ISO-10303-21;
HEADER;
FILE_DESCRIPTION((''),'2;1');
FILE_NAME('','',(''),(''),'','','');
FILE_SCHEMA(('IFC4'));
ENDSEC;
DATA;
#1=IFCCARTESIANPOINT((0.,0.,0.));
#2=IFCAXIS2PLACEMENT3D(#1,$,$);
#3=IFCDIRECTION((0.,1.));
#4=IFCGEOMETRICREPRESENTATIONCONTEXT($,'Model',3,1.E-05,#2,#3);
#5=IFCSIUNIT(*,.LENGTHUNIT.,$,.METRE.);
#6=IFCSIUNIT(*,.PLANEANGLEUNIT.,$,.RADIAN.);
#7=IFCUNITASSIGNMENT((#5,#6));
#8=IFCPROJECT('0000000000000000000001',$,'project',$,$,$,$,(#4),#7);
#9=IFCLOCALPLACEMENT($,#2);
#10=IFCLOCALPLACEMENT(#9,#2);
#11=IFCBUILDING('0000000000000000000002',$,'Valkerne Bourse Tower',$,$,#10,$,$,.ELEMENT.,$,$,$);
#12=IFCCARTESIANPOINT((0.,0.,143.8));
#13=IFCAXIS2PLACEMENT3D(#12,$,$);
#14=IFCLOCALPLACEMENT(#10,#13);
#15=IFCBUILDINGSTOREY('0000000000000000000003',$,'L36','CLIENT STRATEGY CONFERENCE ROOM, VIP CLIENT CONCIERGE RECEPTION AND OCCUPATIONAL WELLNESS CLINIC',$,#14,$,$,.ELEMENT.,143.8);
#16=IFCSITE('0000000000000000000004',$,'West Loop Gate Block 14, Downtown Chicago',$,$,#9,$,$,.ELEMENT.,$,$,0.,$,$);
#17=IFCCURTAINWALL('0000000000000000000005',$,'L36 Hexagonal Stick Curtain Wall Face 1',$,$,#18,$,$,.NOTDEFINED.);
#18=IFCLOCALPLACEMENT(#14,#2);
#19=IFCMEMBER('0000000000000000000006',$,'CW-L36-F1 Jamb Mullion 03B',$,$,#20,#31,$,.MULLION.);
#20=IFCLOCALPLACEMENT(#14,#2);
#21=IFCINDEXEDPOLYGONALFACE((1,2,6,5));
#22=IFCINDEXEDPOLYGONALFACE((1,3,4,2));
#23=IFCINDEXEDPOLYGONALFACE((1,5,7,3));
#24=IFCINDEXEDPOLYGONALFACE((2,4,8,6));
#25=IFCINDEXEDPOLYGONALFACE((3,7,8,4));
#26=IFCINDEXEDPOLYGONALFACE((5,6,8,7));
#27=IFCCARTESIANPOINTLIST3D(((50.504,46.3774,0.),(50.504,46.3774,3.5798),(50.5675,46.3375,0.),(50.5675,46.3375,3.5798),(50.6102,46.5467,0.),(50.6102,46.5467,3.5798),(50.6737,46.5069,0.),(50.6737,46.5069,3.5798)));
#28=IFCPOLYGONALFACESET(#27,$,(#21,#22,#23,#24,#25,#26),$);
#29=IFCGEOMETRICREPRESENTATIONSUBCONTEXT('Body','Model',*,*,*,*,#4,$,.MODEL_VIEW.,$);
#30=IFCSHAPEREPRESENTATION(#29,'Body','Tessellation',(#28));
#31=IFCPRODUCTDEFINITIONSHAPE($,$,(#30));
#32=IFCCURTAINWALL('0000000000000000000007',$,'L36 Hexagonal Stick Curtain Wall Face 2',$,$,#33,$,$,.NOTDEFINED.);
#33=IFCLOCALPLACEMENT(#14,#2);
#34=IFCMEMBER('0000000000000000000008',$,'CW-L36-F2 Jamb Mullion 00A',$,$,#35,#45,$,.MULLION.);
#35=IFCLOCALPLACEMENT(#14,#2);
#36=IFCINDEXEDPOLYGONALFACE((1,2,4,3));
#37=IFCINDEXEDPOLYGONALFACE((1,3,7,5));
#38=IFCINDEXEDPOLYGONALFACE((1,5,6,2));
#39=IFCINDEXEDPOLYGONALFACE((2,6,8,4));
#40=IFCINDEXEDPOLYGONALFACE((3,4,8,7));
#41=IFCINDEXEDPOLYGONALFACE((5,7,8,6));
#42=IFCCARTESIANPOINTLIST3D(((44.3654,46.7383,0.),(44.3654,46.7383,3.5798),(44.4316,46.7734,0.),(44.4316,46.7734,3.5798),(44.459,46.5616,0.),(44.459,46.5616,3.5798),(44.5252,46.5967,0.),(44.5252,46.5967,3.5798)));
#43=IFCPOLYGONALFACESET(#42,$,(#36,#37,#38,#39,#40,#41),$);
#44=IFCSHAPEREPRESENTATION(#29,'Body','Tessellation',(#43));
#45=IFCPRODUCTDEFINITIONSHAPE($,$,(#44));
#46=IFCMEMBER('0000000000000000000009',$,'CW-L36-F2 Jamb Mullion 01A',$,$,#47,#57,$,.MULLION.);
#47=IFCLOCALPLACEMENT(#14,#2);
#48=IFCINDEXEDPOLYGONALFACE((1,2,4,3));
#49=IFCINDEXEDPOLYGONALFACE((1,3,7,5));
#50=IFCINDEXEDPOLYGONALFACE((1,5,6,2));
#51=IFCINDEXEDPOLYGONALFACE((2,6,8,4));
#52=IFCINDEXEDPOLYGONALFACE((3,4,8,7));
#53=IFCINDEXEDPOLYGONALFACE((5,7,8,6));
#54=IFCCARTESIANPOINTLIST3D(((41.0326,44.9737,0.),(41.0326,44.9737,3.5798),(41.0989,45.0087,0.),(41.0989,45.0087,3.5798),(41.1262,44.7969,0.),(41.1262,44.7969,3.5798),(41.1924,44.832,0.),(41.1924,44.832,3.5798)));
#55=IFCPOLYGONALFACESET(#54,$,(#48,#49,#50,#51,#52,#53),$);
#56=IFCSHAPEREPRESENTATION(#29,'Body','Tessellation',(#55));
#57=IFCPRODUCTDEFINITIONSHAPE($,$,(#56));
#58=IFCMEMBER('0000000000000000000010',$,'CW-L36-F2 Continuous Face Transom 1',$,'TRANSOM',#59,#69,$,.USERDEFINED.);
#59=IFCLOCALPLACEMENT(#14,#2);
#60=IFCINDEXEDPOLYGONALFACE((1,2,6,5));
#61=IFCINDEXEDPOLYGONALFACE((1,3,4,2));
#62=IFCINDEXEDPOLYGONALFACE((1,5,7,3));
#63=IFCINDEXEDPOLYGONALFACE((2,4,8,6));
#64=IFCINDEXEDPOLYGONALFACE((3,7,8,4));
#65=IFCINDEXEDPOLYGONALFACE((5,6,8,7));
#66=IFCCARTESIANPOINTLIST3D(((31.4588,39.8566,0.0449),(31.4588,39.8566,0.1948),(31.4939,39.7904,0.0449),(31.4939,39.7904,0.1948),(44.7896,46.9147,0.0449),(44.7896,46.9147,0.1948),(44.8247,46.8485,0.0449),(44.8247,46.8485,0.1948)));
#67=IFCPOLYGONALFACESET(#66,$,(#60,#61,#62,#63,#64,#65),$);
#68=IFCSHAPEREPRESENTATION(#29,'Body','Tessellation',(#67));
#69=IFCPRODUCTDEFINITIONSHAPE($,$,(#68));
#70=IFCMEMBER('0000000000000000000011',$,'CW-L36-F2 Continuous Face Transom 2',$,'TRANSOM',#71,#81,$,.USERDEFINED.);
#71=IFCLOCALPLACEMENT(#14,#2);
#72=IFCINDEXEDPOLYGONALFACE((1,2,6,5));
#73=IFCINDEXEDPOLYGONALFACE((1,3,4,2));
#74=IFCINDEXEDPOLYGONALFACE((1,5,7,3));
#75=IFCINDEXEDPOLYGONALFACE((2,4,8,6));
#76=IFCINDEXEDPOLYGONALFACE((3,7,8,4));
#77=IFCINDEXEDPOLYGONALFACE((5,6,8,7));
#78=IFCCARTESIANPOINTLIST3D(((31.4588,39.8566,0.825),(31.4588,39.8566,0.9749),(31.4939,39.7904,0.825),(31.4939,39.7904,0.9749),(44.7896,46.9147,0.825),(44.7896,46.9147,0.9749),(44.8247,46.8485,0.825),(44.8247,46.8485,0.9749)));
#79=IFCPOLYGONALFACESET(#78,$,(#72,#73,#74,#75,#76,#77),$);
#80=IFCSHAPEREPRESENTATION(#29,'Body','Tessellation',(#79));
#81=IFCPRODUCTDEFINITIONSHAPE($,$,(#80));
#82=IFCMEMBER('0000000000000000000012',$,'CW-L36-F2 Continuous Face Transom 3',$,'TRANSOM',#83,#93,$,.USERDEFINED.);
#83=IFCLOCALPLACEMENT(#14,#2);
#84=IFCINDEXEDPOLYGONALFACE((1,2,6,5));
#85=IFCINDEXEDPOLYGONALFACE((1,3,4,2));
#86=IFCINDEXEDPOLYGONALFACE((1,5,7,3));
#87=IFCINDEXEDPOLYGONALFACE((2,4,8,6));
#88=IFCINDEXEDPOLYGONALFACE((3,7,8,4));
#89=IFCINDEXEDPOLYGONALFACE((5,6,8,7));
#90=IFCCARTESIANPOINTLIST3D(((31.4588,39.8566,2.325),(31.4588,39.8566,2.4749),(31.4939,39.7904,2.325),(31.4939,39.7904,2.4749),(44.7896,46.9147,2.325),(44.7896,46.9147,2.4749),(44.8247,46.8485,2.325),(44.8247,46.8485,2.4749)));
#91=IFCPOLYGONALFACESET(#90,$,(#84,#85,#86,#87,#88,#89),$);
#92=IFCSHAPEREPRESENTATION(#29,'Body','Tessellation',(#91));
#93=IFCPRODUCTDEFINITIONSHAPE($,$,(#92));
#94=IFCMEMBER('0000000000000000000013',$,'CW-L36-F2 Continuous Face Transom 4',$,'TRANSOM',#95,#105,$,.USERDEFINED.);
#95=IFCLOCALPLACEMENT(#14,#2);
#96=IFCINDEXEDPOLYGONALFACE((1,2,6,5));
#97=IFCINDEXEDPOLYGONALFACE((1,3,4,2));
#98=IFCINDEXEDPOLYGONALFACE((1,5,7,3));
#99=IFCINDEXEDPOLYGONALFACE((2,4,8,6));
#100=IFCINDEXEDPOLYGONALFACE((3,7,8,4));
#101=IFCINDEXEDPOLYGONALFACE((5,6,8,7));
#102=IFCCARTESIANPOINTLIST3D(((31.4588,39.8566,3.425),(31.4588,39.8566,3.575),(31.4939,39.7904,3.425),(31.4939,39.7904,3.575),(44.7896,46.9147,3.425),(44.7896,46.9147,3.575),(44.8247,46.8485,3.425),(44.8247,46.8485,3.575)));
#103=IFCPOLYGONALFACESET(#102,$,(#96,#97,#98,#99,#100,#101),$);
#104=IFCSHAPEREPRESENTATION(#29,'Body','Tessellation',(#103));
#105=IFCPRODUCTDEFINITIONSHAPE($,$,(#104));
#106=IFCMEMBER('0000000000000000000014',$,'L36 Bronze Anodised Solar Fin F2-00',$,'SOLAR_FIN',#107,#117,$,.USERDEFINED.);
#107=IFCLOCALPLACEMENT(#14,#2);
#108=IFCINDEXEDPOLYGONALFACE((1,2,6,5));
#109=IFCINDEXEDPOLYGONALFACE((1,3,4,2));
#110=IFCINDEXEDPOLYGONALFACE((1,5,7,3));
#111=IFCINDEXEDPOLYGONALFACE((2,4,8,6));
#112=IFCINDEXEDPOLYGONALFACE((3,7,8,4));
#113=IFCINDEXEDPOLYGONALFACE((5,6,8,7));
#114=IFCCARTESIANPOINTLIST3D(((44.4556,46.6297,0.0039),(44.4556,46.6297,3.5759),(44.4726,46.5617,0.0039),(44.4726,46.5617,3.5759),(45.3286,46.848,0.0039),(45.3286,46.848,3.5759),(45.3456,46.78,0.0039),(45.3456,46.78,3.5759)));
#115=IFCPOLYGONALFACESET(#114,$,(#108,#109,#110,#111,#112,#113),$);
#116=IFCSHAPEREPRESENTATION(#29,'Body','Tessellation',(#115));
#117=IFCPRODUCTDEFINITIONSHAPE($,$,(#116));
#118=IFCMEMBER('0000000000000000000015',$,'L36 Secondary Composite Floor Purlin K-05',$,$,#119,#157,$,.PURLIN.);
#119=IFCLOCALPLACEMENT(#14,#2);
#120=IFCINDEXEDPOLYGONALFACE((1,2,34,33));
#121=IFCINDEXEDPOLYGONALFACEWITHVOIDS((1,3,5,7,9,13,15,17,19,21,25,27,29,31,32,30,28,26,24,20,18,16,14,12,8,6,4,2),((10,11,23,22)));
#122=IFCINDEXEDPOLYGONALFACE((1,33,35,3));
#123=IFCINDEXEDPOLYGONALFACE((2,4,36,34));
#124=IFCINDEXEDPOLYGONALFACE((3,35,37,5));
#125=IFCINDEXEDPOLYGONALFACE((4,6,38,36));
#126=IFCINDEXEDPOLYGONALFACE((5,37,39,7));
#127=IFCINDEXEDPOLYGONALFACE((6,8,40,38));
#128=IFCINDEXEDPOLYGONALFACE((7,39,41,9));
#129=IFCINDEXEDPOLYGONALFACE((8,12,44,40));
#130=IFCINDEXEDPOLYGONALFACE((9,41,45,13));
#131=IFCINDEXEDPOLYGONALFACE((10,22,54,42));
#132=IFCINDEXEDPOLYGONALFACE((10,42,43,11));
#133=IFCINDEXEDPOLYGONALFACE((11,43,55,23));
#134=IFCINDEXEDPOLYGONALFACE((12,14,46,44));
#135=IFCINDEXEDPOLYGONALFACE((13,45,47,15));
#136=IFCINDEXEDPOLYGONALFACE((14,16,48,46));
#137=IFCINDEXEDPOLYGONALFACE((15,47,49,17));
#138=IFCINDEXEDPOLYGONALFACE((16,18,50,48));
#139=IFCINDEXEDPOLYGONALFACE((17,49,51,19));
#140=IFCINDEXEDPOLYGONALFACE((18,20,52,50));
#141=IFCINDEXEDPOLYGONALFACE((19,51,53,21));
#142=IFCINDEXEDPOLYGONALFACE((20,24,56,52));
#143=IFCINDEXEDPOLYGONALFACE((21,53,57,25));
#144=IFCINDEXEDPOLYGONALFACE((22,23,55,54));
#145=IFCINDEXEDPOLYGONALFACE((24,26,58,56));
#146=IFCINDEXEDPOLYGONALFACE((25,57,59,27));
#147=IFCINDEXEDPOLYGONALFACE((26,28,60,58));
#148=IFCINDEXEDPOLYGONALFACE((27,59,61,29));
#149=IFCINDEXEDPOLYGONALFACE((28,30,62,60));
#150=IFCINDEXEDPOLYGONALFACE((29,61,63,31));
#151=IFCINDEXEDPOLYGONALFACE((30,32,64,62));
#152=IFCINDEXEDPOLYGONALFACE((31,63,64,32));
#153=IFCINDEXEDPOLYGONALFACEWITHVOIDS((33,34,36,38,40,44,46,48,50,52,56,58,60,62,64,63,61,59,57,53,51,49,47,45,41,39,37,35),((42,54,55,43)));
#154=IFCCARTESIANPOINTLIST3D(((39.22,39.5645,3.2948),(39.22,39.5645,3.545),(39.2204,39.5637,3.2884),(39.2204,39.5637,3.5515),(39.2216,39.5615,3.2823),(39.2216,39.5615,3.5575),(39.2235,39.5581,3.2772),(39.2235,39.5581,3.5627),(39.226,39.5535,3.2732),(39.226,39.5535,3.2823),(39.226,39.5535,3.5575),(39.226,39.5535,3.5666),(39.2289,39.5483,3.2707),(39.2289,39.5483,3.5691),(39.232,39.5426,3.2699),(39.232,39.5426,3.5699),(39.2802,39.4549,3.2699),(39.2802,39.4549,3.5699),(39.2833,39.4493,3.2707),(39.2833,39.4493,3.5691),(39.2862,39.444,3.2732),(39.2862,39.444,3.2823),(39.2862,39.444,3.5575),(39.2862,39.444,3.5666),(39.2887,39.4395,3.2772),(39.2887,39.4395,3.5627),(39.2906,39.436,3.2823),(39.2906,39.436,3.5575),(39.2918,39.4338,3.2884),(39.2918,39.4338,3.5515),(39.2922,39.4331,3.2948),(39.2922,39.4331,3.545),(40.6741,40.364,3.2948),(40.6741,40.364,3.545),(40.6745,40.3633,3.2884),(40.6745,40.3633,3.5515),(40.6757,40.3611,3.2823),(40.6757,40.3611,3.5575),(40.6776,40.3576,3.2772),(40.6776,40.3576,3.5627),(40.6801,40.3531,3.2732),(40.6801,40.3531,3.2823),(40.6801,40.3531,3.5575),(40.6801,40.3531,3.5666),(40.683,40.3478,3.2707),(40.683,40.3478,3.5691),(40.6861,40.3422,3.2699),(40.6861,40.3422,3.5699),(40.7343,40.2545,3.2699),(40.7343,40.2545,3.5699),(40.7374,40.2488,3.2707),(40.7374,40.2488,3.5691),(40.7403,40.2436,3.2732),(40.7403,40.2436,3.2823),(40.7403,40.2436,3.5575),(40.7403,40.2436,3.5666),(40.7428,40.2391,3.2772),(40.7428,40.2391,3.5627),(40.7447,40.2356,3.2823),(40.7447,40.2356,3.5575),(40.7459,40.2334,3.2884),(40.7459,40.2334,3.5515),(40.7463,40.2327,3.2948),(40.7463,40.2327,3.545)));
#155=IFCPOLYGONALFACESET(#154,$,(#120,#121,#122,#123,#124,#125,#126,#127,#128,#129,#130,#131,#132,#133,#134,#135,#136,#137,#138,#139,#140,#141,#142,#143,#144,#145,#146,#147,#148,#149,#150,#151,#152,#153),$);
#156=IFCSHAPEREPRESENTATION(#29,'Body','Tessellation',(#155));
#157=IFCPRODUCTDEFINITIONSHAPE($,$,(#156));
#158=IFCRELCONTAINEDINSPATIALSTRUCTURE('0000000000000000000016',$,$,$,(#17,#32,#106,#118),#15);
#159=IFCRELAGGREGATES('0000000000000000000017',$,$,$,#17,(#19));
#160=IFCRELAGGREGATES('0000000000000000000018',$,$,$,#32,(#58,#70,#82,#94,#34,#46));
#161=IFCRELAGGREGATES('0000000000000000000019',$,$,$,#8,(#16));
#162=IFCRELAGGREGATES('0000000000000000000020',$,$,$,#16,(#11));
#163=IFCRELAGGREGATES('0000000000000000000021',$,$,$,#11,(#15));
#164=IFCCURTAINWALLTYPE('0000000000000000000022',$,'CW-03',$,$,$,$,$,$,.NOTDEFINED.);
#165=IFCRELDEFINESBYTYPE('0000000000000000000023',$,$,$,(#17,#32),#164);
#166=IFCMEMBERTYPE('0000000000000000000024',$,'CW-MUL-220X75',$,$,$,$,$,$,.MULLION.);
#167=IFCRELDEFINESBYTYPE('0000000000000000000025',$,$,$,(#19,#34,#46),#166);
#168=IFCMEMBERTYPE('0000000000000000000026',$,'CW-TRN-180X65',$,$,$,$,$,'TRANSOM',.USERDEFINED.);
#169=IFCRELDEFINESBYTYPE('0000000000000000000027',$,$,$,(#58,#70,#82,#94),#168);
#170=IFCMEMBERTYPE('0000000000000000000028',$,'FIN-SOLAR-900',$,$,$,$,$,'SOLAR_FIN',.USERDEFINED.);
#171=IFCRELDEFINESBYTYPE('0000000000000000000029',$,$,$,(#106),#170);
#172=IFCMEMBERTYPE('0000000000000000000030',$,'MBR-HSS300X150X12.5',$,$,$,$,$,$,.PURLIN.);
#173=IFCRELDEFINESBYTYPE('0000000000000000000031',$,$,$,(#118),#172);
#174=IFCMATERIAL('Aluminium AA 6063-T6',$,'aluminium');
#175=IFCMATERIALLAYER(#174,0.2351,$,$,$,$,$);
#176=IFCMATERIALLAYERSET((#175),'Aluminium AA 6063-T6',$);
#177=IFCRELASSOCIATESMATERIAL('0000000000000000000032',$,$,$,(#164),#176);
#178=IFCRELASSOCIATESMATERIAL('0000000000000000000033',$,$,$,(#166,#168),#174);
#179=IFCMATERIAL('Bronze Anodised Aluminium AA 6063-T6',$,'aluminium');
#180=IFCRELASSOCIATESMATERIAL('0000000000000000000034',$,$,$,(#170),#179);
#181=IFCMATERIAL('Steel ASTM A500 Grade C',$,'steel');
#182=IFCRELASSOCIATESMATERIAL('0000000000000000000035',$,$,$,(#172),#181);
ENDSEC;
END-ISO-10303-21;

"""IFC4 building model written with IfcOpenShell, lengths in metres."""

from ifc_helpers import new_model, si_unit, direction, frame, origin, origin_2d, place, context, subcontext, project, spatial, rectangle, hollow_rectangle, extrude, material, layer, layer_set, material_profile, profile_set, type_object, element, aggregate, save


model = new_model("IFC4")

# Units and contexts
model_context = context("Model", 3, precision=1e-05, world=origin(), true_north=direction((0.0, 1.0)))
body_context = subcontext(model_context, "Body", "Model", "MODEL_VIEW")
ifc_project = project(units=[si_unit("LENGTHUNIT", "METRE"), si_unit("PLANEANGLEUNIT", "RADIAN")], contexts=[model_context])

# Site, building, storey
site_placement = place(None, origin())
site = spatial("IfcSite", under=ifc_project, at=site_placement, Name="West Loop Gate Block 14, Downtown Chicago", CompositionType="ELEMENT", RefElevation=0.0)
building_placement = place(site_placement, origin())
building = spatial("IfcBuilding", under=site, at=building_placement, Name="Valkerne Bourse Tower", CompositionType="ELEMENT")
storey_placement = place(building_placement, frame((0.0, 0.0, 143.8)))
storey = spatial("IfcBuildingStorey", under=building, at=storey_placement, Name="L36", Description="CLIENT STRATEGY CONFERENCE ROOM, VIP CLIENT CONCIERGE RECEPTION AND OCCUPATIONAL WELLNESS CLINIC", CompositionType="ELEMENT", Elevation=143.8)

# Curtain wall, member
ifc_material_1 = material(Name="Aluminium AA 6063-T6", Category="aluminium")
ifc_layer_1 = layer(ifc_material_1, 0.2351)
ifc_layer_set_1 = layer_set([ifc_layer_1], Name="Aluminium AA 6063-T6")
curtain_wall_type = type_object("IfcCurtainWallType", Name="CW-03", PredefinedType="NOTDEFINED", material=ifc_layer_set_1)
curtain_wall_1_placement = place(storey_placement, origin())
curtain_wall_1 = element("IfcCurtainWall", 1, at=curtain_wall_1_placement, inside=storey, type_object=curtain_wall_type, Name="L36 Hexagonal Stick Curtain Wall Face 1", PredefinedType="NOTDEFINED")
ifc_material_profile_1 = material_profile(ifc_material_1, rectangle(XDim=0.075, YDim=0.2, at=origin_2d()), Name="CWM-75X200")
ifc_profile_set_1 = profile_set([ifc_material_profile_1], Name="Aluminium AA 6063-T6")
member_type_1 = type_object("IfcMemberType", Name="CW-MUL-220X75", PredefinedType="MULLION", material=ifc_profile_set_1)
member_1_placement = place(storey_placement, frame((50.5889, 46.4421, 0.0), z_axis=(0.0, 0.0, 1.0), x_axis=(-0.847123, 0.531397, 0.0)))
member_1 = element("IfcMember", 2, at=member_1_placement, type_object=member_type_1, Name="CW-L36-F1 Jamb Mullion 03B", PredefinedType="MULLION", context=body_context, shape_type="SweptSolid", body=[
    extrude(rectangle(XDim=0.075, YDim=0.2, at=origin_2d()), origin(), (0.0, 0.0, 1.0), 3.5798),
])
aggregate(curtain_wall_1, [member_1])

# Curtain wall, members
curtain_wall_2_placement = place(storey_placement, origin())
curtain_wall_2 = element("IfcCurtainWall", 3, at=curtain_wall_2_placement, inside=storey, type_object=curtain_wall_type, Name="L36 Hexagonal Stick Curtain Wall Face 2", PredefinedType="NOTDEFINED")
member_2_placement = place(storey_placement, frame((44.4453, 46.6675, 0.0), z_axis=(0.0, 0.0, 1.0), x_axis=(-0.883763, -0.467935, 0.0)))
member_2 = element("IfcMember", 4, at=member_2_placement, type_object=member_type_1, Name="CW-L36-F2 Jamb Mullion 00A", PredefinedType="MULLION", context=body_context, shape_type="SweptSolid", body=[
    extrude(rectangle(XDim=0.075, YDim=0.2, at=origin_2d()), origin(), (0.0, 0.0, 1.0), 3.5798),
])
member_3_placement = place(storey_placement, frame((41.1125, 44.9028, 0.0), z_axis=(0.0, 0.0, 1.0), x_axis=(-0.883774, -0.467915, 0.0)))
member_3 = element("IfcMember", 5, at=member_3_placement, type_object=member_type_1, Name="CW-L36-F2 Jamb Mullion 01A", PredefinedType="MULLION", context=body_context, shape_type="SweptSolid", body=[
    extrude(rectangle(XDim=0.075, YDim=0.2, at=origin_2d()), origin(), (0.0, 0.0, 1.0), 3.5798),
])
ifc_material_profile_2 = material_profile(ifc_material_1, rectangle(XDim=0.075, YDim=0.1499, at=origin_2d()), Name="CWT-75X150")
ifc_profile_set_2 = profile_set([ifc_material_profile_2], Name="Aluminium AA 6063-T6")
member_type_2 = type_object("IfcMemberType", Name="CW-TRN-180X65", ElementType="TRANSOM", PredefinedType="USERDEFINED", material=ifc_profile_set_2)
member_4_placement = place(storey_placement, frame((44.8071, 46.8816, 0.1199), z_axis=(-0.883771, -0.46792, 0.0), x_axis=(0.46792, -0.883771, 0.0)))
member_4 = element("IfcMember", 6, at=member_4_placement, type_object=member_type_2, Name="CW-L36-F2 Continuous Face Transom 1", ObjectType="TRANSOM", PredefinedType="USERDEFINED", context=body_context, shape_type="SweptSolid", body=[
    extrude(rectangle(XDim=0.075, YDim=0.1499, at=origin_2d()), origin(), (0.0, 0.0, 1.0), 15.084),
])
member_5_placement = place(storey_placement, frame((44.8071, 46.8816, 0.8999), z_axis=(-0.883771, -0.46792, 0.0), x_axis=(0.46792, -0.883771, 0.0)))
member_5 = element("IfcMember", 7, at=member_5_placement, type_object=member_type_2, Name="CW-L36-F2 Continuous Face Transom 2", ObjectType="TRANSOM", PredefinedType="USERDEFINED", context=body_context, shape_type="SweptSolid", body=[
    extrude(rectangle(XDim=0.075, YDim=0.1499, at=origin_2d()), origin(), (0.0, 0.0, 1.0), 15.084),
])
member_6_placement = place(storey_placement, frame((44.8071, 46.8816, 2.3999), z_axis=(-0.883771, -0.46792, 0.0), x_axis=(0.46792, -0.883771, 0.0)))
member_6 = element("IfcMember", 8, at=member_6_placement, type_object=member_type_2, Name="CW-L36-F2 Continuous Face Transom 3", ObjectType="TRANSOM", PredefinedType="USERDEFINED", context=body_context, shape_type="SweptSolid", body=[
    extrude(rectangle(XDim=0.075, YDim=0.1499, at=origin_2d()), origin(), (0.0, 0.0, 1.0), 15.084),
])
member_7_placement = place(storey_placement, frame((44.8071, 46.8816, 3.5), z_axis=(-0.883771, -0.46792, 0.0), x_axis=(0.46792, -0.883771, 0.0)))
member_7 = element("IfcMember", 9, at=member_7_placement, type_object=member_type_2, Name="CW-L36-F2 Continuous Face Transom 4", ObjectType="TRANSOM", PredefinedType="USERDEFINED", context=body_context, shape_type="SweptSolid", body=[
    extrude(rectangle(XDim=0.075, YDim=0.1499, at=origin_2d()), origin(), (0.0, 0.0, 1.0), 15.084),
])

# Members
ifc_material_2 = material(Name="Bronze Anodised Aluminium AA 6063-T6", Category="aluminium")
ifc_material_profile_3 = material_profile(ifc_material_2, rectangle(XDim=0.0701, YDim=0.8999, at=origin_2d()), Name="FIN-70X900")
ifc_profile_set_3 = profile_set([ifc_material_profile_3], Name="Bronze Anodised Aluminium AA 6063-T6")
member_type_3 = type_object("IfcMemberType", Name="FIN-SOLAR-900", ElementType="SOLAR_FIN", PredefinedType="USERDEFINED", material=ifc_profile_set_3)
member_8_placement = place(storey_placement, frame((44.9006, 46.7048, 0.0039), z_axis=(0.0, 0.0, 1.0), x_axis=(-0.242599, 0.970127, 0.0)))
element("IfcMember", 10, at=member_8_placement, inside=storey, type_object=member_type_3, Name="L36 Bronze Anodised Solar Fin F2-00", ObjectType="SOLAR_FIN", PredefinedType="USERDEFINED", context=body_context, shape_type="SweptSolid", body=[
    extrude(rectangle(XDim=0.0701, YDim=0.8999, at=origin_2d()), origin(), (0.0, 0.0, 1.0), 3.572),
])
ifc_material_3 = material(Name="Steel ASTM A500 Grade C", Category="steel")
ifc_material_profile_4 = material_profile(ifc_material_3, hollow_rectangle(XDim=0.1499, YDim=0.3, WallThickness=0.0125, OuterFilletRadius=0.0249, at=origin_2d()), Name="HSS300X150X12.5")
ifc_profile_set_4 = profile_set([ifc_material_profile_4], Name="Steel ASTM A500 Grade C")
member_type_4 = type_object("IfcMemberType", Name="MBR-HSS300X150X12.5", PredefinedType="PURLIN", material=ifc_profile_set_4)
member_9_placement = place(storey_placement, frame((40.7102, 40.2983, 3.4199), z_axis=(-0.876266, -0.481828, 0.0), x_axis=(0.481828, -0.876266, 0.0)))
element("IfcMember", 11, at=member_9_placement, inside=storey, type_object=member_type_4, Name="L36 Secondary Composite Floor Purlin K-05", PredefinedType="PURLIN", context=body_context, shape_type="SweptSolid", body=[
    extrude(hollow_rectangle(XDim=0.1499, YDim=0.3, WallThickness=0.0125, OuterFilletRadius=0.0249, at=origin_2d()), origin(), (0.0, 0.0, 1.0), 1.6594),
])

aggregate(curtain_wall_2, [member_4, member_5, member_6, member_7, member_2, member_3])

save(model, "model.ifc")
